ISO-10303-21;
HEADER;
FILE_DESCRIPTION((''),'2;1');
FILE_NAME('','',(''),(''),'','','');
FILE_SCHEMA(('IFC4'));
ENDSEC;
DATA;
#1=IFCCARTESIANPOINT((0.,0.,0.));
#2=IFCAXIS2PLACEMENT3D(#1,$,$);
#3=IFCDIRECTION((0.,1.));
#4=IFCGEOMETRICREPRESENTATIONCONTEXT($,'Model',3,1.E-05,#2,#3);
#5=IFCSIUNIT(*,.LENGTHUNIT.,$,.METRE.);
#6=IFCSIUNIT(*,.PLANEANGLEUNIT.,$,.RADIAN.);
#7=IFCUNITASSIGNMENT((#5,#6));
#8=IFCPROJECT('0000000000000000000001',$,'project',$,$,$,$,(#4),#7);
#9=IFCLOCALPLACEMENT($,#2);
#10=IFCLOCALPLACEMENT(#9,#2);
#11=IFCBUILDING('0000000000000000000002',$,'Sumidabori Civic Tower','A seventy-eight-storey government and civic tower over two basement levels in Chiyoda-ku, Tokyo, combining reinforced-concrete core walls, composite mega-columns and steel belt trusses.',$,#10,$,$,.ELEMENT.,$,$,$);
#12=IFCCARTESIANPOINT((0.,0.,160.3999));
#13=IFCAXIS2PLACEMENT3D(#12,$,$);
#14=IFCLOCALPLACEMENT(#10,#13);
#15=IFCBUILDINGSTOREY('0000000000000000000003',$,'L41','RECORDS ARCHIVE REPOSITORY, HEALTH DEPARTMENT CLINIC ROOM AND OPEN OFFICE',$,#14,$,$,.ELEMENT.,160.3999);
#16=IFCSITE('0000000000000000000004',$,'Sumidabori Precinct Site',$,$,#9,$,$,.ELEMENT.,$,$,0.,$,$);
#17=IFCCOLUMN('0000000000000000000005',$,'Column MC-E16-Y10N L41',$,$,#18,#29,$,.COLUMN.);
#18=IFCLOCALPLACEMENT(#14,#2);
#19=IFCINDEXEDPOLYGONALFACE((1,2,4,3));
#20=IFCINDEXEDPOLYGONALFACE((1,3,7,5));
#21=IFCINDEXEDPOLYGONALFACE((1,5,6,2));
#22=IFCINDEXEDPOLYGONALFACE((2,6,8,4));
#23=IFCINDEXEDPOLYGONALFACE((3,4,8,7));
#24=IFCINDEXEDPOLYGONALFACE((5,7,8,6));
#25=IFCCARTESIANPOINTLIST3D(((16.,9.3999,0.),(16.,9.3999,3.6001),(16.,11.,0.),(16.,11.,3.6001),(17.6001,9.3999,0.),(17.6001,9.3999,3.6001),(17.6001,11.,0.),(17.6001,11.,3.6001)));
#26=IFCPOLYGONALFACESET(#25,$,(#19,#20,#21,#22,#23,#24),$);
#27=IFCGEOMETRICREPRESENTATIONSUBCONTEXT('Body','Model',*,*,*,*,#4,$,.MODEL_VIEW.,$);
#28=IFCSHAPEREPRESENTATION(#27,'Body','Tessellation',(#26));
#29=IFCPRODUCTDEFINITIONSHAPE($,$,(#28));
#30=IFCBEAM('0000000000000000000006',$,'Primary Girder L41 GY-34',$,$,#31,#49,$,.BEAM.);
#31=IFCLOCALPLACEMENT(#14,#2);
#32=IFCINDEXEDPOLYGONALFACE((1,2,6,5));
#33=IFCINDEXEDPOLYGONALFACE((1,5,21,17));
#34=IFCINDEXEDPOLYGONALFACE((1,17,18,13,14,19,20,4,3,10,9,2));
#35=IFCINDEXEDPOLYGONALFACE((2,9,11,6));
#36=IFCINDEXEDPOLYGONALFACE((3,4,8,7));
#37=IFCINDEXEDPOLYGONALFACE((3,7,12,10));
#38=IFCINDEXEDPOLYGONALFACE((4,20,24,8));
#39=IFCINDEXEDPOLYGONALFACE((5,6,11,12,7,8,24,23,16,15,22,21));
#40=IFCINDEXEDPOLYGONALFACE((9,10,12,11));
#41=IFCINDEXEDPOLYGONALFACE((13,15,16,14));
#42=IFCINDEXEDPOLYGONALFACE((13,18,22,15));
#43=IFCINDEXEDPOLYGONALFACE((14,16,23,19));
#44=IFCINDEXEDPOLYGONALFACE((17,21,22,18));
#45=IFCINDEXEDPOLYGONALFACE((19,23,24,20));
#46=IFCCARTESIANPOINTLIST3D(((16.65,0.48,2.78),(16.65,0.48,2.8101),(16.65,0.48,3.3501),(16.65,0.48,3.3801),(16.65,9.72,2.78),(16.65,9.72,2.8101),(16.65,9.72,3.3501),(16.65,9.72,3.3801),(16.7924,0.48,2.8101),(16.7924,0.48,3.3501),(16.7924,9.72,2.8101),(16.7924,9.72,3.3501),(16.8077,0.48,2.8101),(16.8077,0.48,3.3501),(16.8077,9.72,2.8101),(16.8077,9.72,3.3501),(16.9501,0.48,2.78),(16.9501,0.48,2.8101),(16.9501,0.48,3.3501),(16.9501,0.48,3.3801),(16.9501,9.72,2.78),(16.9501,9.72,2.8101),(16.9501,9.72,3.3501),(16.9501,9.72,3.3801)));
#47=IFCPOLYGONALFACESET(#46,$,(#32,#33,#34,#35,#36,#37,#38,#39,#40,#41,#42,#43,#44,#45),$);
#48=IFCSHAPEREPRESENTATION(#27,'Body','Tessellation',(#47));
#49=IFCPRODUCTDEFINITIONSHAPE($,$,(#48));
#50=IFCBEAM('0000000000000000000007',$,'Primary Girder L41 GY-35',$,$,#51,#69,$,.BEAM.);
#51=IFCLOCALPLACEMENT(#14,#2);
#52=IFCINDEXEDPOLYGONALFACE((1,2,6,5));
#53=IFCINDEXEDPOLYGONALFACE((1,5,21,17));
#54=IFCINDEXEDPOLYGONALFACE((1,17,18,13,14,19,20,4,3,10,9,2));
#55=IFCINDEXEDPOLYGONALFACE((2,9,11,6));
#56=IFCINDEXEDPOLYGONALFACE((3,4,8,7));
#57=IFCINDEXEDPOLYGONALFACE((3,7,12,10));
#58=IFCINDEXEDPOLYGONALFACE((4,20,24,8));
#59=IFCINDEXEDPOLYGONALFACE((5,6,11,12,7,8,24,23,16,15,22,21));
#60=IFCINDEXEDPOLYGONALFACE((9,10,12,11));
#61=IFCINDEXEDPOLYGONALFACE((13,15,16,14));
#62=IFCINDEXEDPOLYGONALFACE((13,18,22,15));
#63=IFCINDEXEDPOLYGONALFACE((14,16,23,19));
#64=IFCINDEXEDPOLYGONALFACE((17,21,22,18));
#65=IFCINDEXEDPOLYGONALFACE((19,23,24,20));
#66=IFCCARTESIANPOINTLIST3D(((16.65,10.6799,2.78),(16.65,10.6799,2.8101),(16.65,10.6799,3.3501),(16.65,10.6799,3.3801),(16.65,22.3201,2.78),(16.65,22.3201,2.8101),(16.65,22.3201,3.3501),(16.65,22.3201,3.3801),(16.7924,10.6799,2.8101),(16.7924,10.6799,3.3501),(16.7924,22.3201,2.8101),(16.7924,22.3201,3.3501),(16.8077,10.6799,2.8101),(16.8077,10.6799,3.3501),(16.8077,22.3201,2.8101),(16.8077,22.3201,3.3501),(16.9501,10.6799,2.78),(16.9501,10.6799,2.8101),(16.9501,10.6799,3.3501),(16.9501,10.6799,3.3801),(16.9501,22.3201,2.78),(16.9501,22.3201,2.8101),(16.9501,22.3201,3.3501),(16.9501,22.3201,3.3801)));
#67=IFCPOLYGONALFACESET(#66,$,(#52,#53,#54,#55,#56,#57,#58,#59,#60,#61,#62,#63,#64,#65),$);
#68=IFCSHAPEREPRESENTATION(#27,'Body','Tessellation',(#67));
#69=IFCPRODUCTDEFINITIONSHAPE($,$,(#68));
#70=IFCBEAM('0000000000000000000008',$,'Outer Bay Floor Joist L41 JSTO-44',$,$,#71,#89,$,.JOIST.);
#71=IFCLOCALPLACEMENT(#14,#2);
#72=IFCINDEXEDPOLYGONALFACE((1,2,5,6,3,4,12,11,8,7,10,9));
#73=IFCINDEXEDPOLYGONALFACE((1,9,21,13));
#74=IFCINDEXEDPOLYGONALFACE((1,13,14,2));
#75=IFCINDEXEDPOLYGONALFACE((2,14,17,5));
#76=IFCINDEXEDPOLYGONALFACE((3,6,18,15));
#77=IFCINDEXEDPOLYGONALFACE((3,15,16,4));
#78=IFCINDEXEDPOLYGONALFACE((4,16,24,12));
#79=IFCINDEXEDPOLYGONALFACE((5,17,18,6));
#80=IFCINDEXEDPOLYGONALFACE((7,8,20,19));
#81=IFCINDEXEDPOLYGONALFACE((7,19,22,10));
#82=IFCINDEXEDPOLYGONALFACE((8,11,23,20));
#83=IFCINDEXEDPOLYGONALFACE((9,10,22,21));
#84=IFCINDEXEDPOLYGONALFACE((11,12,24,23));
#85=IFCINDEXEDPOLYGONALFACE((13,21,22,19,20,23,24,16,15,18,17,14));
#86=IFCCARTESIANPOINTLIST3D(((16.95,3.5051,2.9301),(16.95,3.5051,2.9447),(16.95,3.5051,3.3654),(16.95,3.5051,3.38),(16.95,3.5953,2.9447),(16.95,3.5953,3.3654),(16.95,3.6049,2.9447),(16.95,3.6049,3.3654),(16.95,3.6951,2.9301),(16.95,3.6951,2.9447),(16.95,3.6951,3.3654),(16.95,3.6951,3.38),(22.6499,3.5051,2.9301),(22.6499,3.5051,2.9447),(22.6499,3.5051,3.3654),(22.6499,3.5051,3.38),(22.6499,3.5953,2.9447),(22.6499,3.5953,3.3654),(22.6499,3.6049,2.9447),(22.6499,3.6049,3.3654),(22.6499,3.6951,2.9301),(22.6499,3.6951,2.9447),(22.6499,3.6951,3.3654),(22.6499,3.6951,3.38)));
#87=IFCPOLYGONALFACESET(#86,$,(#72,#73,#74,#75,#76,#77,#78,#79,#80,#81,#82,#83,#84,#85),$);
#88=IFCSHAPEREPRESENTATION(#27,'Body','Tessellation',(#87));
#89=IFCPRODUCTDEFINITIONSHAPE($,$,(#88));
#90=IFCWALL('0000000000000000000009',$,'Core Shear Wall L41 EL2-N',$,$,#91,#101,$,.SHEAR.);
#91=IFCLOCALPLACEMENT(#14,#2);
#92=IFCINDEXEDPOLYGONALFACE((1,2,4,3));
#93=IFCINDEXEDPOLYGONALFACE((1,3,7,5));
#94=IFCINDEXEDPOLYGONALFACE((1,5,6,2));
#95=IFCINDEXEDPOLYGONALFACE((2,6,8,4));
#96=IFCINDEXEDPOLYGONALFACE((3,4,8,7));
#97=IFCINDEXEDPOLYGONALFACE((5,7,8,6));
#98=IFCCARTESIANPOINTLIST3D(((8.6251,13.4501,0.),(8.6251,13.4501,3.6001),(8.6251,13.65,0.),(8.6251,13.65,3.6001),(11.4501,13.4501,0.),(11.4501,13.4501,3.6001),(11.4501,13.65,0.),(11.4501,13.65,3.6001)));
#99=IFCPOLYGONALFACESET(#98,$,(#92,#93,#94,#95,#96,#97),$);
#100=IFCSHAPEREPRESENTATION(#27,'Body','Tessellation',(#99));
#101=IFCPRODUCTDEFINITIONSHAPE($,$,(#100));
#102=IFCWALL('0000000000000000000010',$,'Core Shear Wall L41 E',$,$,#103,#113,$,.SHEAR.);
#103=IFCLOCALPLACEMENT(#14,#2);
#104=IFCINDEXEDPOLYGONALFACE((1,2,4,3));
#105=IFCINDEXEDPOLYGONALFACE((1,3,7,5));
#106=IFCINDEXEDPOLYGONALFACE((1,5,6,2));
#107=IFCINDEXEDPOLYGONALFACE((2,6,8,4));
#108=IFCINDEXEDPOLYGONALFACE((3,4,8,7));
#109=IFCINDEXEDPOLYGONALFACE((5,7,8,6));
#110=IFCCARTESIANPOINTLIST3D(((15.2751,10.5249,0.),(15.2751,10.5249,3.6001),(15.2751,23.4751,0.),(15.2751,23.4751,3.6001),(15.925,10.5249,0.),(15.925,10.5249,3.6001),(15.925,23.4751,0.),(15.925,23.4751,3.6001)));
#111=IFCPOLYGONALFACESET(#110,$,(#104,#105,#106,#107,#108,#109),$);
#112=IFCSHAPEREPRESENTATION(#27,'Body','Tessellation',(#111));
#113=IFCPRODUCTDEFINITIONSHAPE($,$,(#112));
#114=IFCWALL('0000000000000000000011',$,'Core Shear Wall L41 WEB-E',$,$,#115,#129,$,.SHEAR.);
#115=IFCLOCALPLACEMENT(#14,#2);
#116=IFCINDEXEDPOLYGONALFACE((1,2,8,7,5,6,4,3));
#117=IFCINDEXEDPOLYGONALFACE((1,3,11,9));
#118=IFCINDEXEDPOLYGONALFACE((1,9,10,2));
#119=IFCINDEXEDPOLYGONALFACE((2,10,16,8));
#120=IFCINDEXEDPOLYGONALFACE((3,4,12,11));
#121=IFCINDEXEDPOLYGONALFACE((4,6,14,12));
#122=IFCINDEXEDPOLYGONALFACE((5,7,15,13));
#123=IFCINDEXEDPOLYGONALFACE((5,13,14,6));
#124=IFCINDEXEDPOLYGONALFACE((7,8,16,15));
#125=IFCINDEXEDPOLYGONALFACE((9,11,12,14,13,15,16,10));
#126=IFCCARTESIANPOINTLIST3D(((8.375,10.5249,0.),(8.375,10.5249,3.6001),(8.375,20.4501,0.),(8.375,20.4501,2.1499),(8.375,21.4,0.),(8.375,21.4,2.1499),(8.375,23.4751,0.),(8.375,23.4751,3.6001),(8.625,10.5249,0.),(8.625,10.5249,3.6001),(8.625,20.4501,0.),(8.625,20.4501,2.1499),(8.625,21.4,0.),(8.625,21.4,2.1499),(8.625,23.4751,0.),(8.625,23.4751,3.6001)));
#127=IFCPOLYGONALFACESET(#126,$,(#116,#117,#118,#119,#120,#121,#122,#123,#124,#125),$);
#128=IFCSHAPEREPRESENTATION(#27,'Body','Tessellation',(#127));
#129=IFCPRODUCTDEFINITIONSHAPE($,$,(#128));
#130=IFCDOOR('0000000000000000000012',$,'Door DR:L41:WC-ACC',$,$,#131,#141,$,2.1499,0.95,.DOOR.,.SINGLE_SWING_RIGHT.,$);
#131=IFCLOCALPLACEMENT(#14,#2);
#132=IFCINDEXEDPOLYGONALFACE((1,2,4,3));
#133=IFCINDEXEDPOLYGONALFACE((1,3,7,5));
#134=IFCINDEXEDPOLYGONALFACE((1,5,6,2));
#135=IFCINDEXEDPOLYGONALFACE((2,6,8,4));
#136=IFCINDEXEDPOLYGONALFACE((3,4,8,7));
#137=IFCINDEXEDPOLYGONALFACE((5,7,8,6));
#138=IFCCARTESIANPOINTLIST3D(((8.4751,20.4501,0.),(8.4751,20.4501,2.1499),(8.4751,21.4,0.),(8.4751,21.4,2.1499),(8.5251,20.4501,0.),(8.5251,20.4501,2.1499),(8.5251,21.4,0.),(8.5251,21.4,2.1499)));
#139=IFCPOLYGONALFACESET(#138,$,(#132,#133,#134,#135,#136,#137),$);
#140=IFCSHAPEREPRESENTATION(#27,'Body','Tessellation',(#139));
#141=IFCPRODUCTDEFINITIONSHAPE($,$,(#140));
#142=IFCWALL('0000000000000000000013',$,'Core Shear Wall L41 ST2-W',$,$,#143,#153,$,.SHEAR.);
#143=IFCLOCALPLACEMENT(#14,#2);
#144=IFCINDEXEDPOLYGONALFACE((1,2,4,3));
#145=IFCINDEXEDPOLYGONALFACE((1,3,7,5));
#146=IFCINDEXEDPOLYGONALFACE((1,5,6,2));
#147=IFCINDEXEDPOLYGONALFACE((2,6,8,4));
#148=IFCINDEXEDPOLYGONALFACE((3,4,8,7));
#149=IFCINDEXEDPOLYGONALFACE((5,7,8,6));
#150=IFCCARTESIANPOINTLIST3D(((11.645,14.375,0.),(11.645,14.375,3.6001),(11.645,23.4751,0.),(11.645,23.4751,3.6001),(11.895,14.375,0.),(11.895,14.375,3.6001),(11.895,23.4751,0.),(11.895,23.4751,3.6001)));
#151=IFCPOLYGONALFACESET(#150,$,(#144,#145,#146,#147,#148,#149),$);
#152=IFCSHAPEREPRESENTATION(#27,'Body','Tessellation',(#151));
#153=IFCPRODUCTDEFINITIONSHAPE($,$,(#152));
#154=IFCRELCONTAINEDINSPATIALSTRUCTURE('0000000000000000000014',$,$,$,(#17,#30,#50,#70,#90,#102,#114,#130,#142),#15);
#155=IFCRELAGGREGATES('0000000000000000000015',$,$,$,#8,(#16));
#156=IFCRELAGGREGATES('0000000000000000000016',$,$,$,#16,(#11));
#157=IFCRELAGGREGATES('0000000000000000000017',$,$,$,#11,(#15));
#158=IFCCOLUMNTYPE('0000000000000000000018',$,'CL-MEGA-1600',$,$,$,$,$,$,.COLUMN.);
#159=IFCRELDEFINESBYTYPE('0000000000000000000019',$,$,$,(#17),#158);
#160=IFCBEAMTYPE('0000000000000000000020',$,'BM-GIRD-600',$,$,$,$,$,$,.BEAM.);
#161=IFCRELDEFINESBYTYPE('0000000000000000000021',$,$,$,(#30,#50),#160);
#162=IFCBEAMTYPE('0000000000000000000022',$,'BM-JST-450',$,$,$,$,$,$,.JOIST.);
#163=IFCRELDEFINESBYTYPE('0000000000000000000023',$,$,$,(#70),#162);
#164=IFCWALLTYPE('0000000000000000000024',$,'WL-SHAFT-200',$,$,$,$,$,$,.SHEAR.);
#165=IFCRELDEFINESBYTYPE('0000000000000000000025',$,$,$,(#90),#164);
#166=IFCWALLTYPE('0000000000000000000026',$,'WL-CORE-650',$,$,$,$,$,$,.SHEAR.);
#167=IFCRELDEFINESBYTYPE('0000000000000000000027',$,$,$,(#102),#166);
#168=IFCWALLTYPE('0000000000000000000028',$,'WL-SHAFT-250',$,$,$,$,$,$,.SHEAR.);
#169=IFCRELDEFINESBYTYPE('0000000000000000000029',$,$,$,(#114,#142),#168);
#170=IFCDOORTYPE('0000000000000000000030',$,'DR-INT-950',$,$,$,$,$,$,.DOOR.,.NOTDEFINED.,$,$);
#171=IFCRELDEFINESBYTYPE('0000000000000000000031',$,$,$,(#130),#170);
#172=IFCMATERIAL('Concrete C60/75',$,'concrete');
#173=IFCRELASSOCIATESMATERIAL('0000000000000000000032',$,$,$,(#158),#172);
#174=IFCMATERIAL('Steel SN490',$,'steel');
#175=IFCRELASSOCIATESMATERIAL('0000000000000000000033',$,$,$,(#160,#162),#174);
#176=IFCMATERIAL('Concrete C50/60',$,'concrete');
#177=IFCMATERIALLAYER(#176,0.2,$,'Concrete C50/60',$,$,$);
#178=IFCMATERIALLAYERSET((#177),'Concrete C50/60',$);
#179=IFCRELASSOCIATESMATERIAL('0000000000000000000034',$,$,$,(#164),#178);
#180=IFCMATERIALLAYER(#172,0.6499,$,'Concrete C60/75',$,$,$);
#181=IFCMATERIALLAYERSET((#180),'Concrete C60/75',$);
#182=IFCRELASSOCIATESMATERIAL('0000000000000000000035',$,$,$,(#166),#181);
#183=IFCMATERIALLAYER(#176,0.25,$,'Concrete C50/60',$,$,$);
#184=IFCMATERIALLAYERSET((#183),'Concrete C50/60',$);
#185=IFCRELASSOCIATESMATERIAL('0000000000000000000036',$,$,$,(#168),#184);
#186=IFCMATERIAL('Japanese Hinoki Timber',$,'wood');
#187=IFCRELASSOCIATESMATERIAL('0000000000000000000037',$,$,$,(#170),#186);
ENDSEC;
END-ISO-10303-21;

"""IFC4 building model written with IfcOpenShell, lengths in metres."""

from ifc_helpers import new_model, si_unit, direction, frame, frame_2d, origin, origin_2d, place, context, subcontext, project, spatial, rectangle, i_section, extrude, source, transform, mapped, material, layer, layer_set, material_profile, profile_set, type_object, element, fill, save


model = new_model("IFC4")

# Units and contexts
model_context = context("Model", 3, precision=1e-05, world=origin(), true_north=direction((0.0, 1.0)))
body_context = subcontext(model_context, "Body", "Model", "MODEL_VIEW")
ifc_project = project(units=[si_unit("LENGTHUNIT", "METRE"), si_unit("PLANEANGLEUNIT", "RADIAN")], contexts=[model_context])

# Site, building, storey
site_placement = place(None, origin())
site = spatial("IfcSite", under=ifc_project, at=site_placement, Name="Sumidabori Precinct Site", CompositionType="ELEMENT", RefElevation=0.0)
building_placement = place(site_placement, origin())
building = spatial("IfcBuilding", under=site, at=building_placement, Name="Sumidabori Civic Tower", Description="A seventy-eight-storey government and civic tower over two basement levels in Chiyoda-ku, Tokyo, combining reinforced-concrete core walls, composite mega-columns and steel belt trusses.", CompositionType="ELEMENT")
storey_placement = place(building_placement, frame((0.0, 0.0, 160.3999)))
storey = spatial("IfcBuildingStorey", under=building, at=storey_placement, Name="L41", Description="RECORDS ARCHIVE REPOSITORY, HEALTH DEPARTMENT CLINIC ROOM AND OPEN OFFICE", CompositionType="ELEMENT", Elevation=160.3999)

# Column
ifc_material_1 = material(Name="Concrete C60/75", Category="concrete")
ifc_material_profile_1 = material_profile(ifc_material_1, rectangle(XDim=1.6001, YDim=1.6001, at=origin_2d()), Name="RC 1600x1600")
ifc_profile_set_1 = profile_set([ifc_material_profile_1], Name="Concrete C60/75")
column_type = type_object("IfcColumnType", Name="CL-MEGA-1600", PredefinedType="COLUMN", material=ifc_profile_set_1)
shared_shape_1 = source(origin(), body_context, "Body", "SweptSolid", [
    extrude(rectangle(XDim=1.6001, YDim=1.6001, at=origin_2d()), origin(), (0.0, 0.0, 1.0), 3.6001),
])
column_placement = place(storey_placement, frame((16.8, 10.2, 0.0), z_axis=(0.0, 0.0, 1.0), x_axis=(1.0, 0.0, 0.0)))
element("IfcColumn", 1, at=column_placement, inside=storey, type_object=column_type, Name="Column MC-E16-Y10N L41", PredefinedType="COLUMN", context=body_context, shape_type="MappedRepresentation", body=[
    mapped(shared_shape_1, transform((0.0, 0.0, 0.0), x_axis=(1.0, 0.0, 0.0), y_axis=(0.0, 1.0, 0.0), z_axis=(0.0, 0.0, 1.0), scale=1.0)),
])

# Beams
ifc_material_2 = material(Name="Steel SN490", Category="steel")
ifc_material_profile_2 = material_profile(ifc_material_2, i_section(OverallWidth=0.3, OverallDepth=0.6001, WebThickness=0.0154, FlangeThickness=0.03, at=origin_2d()), Name="HE 600 B")
ifc_profile_set_2 = profile_set([ifc_material_profile_2], Name="Steel SN490")
beam_type_1 = type_object("IfcBeamType", Name="BM-GIRD-600", PredefinedType="BEAM", material=ifc_profile_set_2)
shared_shape_2 = source(origin(), body_context, "Body", "SweptSolid", [
    extrude(i_section(OverallWidth=0.3, OverallDepth=0.6001, WebThickness=0.0154, FlangeThickness=0.03, at=origin_2d()), origin(), (0.0, 0.0, 1.0), 9.24),
])
beam_1_placement = place(storey_placement, frame((16.8, 0.48, 3.0801), z_axis=(0.0, 1.0, 0.0), x_axis=(-1.0, 0.0, 0.0)))
element("IfcBeam", 2, at=beam_1_placement, inside=storey, type_object=beam_type_1, Name="Primary Girder L41 GY-34", PredefinedType="BEAM", context=body_context, shape_type="MappedRepresentation", body=[
    mapped(shared_shape_2, transform((0.0, 0.0, 0.0), x_axis=(1.0, 0.0, 0.0), y_axis=(0.0, 1.0, 0.0), z_axis=(0.0, 0.0, 1.0), scale=1.0)),
])
shared_shape_3 = source(origin(), body_context, "Body", "SweptSolid", [
    extrude(i_section(OverallWidth=0.3, OverallDepth=0.6001, WebThickness=0.0154, FlangeThickness=0.03, at=origin_2d()), origin(), (0.0, 0.0, 1.0), 11.6401),
])
beam_2_placement = place(storey_placement, frame((16.8, 10.6799, 3.0801), z_axis=(0.0, 1.0, 0.0), x_axis=(-1.0, 0.0, 0.0)))
element("IfcBeam", 3, at=beam_2_placement, inside=storey, type_object=beam_type_1, Name="Primary Girder L41 GY-35", PredefinedType="BEAM", context=body_context, shape_type="MappedRepresentation", body=[
    mapped(shared_shape_3, transform((0.0, 0.0, 0.0), x_axis=(1.0, 0.0, 0.0), y_axis=(0.0, 1.0, 0.0), z_axis=(0.0, 0.0, 1.0), scale=1.0)),
])
ifc_material_profile_3 = material_profile(ifc_material_2, i_section(OverallWidth=0.1899, OverallDepth=0.45, WebThickness=0.0095, FlangeThickness=0.0146, at=origin_2d()), Name="IPE 450")
ifc_profile_set_3 = profile_set([ifc_material_profile_3], Name="Steel SN490")
beam_type_2 = type_object("IfcBeamType", Name="BM-JST-450", PredefinedType="JOIST", material=ifc_profile_set_3)
shared_shape_4 = source(origin(), body_context, "Body", "SweptSolid", [
    extrude(i_section(OverallWidth=0.1899, OverallDepth=0.45, WebThickness=0.0095, FlangeThickness=0.0146, at=origin_2d()), origin(), (0.0, 0.0, 1.0), 5.7),
])
beam_3_placement = place(storey_placement, frame((16.95, 3.6001, 3.155), z_axis=(1.0, 0.0, 0.0), x_axis=(0.0, 1.0, 0.0)))
element("IfcBeam", 4, at=beam_3_placement, inside=storey, type_object=beam_type_2, Name="Outer Bay Floor Joist L41 JSTO-44", PredefinedType="JOIST", context=body_context, shape_type="MappedRepresentation", body=[
    mapped(shared_shape_4, transform((0.0, 0.0, 0.0), x_axis=(1.0, 0.0, 0.0), y_axis=(0.0, 1.0, 0.0), z_axis=(0.0, 0.0, 1.0), scale=1.0)),
])

# Walls
ifc_material_3 = material(Name="Concrete C50/60", Category="concrete")
ifc_layer_1 = layer(ifc_material_3, 0.2, Name="Concrete C50/60")
ifc_layer_set_1 = layer_set([ifc_layer_1], Name="Concrete C50/60")
wall_type_1 = type_object("IfcWallType", Name="WL-SHAFT-200", PredefinedType="SHEAR", material=ifc_layer_set_1)
shared_shape_5 = source(origin(), body_context, "Body", "SweptSolid", [
    extrude(rectangle(XDim=2.825, YDim=0.2, at=frame_2d((1.4126, 0.0))), origin(), (0.0, 0.0, 1.0), 3.6001),
])
wall_1_placement = place(storey_placement, frame((8.625, 13.55, 0.0), z_axis=(0.0, 0.0, 1.0), x_axis=(1.0, 0.0, 0.0)))
element("IfcWall", 5, at=wall_1_placement, inside=storey, type_object=wall_type_1, Name="Core Shear Wall L41 EL2-N", PredefinedType="SHEAR", context=body_context, shape_type="MappedRepresentation", body=[
    mapped(shared_shape_5, transform((0.0, 0.0, 0.0), x_axis=(1.0, 0.0, 0.0), y_axis=(0.0, 1.0, 0.0), z_axis=(0.0, 0.0, 1.0), scale=1.0)),
])
ifc_layer_2 = layer(ifc_material_1, 0.6499, Name="Concrete C60/75")
ifc_layer_set_2 = layer_set([ifc_layer_2], Name="Concrete C60/75")
wall_type_2 = type_object("IfcWallType", Name="WL-CORE-650", PredefinedType="SHEAR", material=ifc_layer_set_2)
shared_shape_6 = source(origin(), body_context, "Body", "SweptSolid", [
    extrude(rectangle(XDim=12.9502, YDim=0.6499, at=frame_2d((6.4751, 0.0))), origin(), (0.0, 0.0, 1.0), 3.6001),
])
wall_2_placement = place(storey_placement, frame((15.6001, 10.5249, 0.0), z_axis=(0.0, 0.0, 1.0), x_axis=(0.0, 1.0, 0.0)))
element("IfcWall", 6, at=wall_2_placement, inside=storey, type_object=wall_type_2, Name="Core Shear Wall L41 E", PredefinedType="SHEAR", context=body_context, shape_type="MappedRepresentation", body=[
    mapped(shared_shape_6, transform((0.0, 0.0, 0.0), x_axis=(1.0, 0.0, 0.0), y_axis=(0.0, 1.0, 0.0), z_axis=(0.0, 0.0, 1.0), scale=1.0)),
])

# Wall, opening, door
ifc_layer_3 = layer(ifc_material_3, 0.25, Name="Concrete C50/60")
ifc_layer_set_3 = layer_set([ifc_layer_3], Name="Concrete C50/60")
wall_type_3 = type_object("IfcWallType", Name="WL-SHAFT-250", PredefinedType="SHEAR", material=ifc_layer_set_3)
shared_shape_7 = source(origin(), body_context, "Body", "SweptSolid", [
    extrude(rectangle(XDim=12.9502, YDim=0.25, at=frame_2d((6.4751, 0.0))), origin(), (0.0, 0.0, 1.0), 3.6001),
])
wall_3_placement = place(storey_placement, frame((8.5, 10.5249, 0.0), z_axis=(0.0, 0.0, 1.0), x_axis=(0.0, 1.0, 0.0)))
wall_3 = element("IfcWall", 7, at=wall_3_placement, inside=storey, type_object=wall_type_3, Name="Core Shear Wall L41 WEB-E", PredefinedType="SHEAR", context=body_context, shape_type="MappedRepresentation", body=[
    mapped(shared_shape_7, transform((0.0, 0.0, 0.0), x_axis=(1.0, 0.0, 0.0), y_axis=(0.0, 1.0, 0.0), z_axis=(0.0, 0.0, 1.0), scale=1.0)),
])
opening_1_placement = place(wall_3_placement, frame((9.925, 0.0, 0.0)))
opening_1 = element("IfcOpeningElement", 8, at=opening_1_placement, cuts=wall_3, PredefinedType="OPENING", context=body_context, shape_type="SweptSolid", body=[
    extrude(rectangle(XDim=0.95, YDim=2.1499, at=frame_2d((0.4751, 1.075))), frame((0.0, 0.137, 0.0), z_axis=(0.0, -1.0, 0.0), x_axis=(1.0, 0.0, 0.0)), (0.0, 0.0, 1.0), 0.2739),
])
ifc_material_4 = material(Name="Japanese Hinoki Timber", Category="wood")
door_type_1 = type_object("IfcDoorType", Name="DR-INT-950", OperationType="NOTDEFINED", PredefinedType="DOOR", material=ifc_material_4)
shared_shape_8 = source(origin(), body_context, "Body", "SweptSolid", [
    extrude(rectangle(XDim=0.95, YDim=2.1499, at=frame_2d((0.4751, 1.075))), frame((0.0, 0.0249, 0.0), z_axis=(0.0, -1.0, 0.0), x_axis=(1.0, 0.0, 0.0)), (0.0, 0.0, 1.0), 0.05),
])
door_1_placement = place(opening_1_placement, origin())
door_1 = element("IfcDoor", 9, at=door_1_placement, inside=storey, type_object=door_type_1, Name="Door DR:L41:WC-ACC", OperationType="SINGLE_SWING_RIGHT", OverallHeight=2.1499, OverallWidth=0.95, PredefinedType="DOOR", context=body_context, shape_type="MappedRepresentation", body=[
    mapped(shared_shape_8, transform((0.0, 0.0, 0.0), x_axis=(1.0, 0.0, 0.0), y_axis=(0.0, 1.0, 0.0), z_axis=(0.0, 0.0, 1.0), scale=1.0)),
])
fill(opening_1, door_1)

# Wall
shared_shape_9 = source(origin(), body_context, "Body", "SweptSolid", [
    extrude(rectangle(XDim=9.1001, YDim=0.25, at=frame_2d((4.55, 0.0))), origin(), (0.0, 0.0, 1.0), 3.6001),
])
wall_4_placement = place(storey_placement, frame((11.77, 14.375, 0.0), z_axis=(0.0, 0.0, 1.0), x_axis=(0.0, 1.0, 0.0)))
element("IfcWall", 10, at=wall_4_placement, inside=storey, type_object=wall_type_3, Name="Core Shear Wall L41 ST2-W", PredefinedType="SHEAR", context=body_context, shape_type="MappedRepresentation", body=[
    mapped(shared_shape_9, transform((0.0, 0.0, 0.0), x_axis=(1.0, 0.0, 0.0), y_axis=(0.0, 1.0, 0.0), z_axis=(0.0, 0.0, 1.0), scale=1.0)),
])

save(model, "model.ifc")
